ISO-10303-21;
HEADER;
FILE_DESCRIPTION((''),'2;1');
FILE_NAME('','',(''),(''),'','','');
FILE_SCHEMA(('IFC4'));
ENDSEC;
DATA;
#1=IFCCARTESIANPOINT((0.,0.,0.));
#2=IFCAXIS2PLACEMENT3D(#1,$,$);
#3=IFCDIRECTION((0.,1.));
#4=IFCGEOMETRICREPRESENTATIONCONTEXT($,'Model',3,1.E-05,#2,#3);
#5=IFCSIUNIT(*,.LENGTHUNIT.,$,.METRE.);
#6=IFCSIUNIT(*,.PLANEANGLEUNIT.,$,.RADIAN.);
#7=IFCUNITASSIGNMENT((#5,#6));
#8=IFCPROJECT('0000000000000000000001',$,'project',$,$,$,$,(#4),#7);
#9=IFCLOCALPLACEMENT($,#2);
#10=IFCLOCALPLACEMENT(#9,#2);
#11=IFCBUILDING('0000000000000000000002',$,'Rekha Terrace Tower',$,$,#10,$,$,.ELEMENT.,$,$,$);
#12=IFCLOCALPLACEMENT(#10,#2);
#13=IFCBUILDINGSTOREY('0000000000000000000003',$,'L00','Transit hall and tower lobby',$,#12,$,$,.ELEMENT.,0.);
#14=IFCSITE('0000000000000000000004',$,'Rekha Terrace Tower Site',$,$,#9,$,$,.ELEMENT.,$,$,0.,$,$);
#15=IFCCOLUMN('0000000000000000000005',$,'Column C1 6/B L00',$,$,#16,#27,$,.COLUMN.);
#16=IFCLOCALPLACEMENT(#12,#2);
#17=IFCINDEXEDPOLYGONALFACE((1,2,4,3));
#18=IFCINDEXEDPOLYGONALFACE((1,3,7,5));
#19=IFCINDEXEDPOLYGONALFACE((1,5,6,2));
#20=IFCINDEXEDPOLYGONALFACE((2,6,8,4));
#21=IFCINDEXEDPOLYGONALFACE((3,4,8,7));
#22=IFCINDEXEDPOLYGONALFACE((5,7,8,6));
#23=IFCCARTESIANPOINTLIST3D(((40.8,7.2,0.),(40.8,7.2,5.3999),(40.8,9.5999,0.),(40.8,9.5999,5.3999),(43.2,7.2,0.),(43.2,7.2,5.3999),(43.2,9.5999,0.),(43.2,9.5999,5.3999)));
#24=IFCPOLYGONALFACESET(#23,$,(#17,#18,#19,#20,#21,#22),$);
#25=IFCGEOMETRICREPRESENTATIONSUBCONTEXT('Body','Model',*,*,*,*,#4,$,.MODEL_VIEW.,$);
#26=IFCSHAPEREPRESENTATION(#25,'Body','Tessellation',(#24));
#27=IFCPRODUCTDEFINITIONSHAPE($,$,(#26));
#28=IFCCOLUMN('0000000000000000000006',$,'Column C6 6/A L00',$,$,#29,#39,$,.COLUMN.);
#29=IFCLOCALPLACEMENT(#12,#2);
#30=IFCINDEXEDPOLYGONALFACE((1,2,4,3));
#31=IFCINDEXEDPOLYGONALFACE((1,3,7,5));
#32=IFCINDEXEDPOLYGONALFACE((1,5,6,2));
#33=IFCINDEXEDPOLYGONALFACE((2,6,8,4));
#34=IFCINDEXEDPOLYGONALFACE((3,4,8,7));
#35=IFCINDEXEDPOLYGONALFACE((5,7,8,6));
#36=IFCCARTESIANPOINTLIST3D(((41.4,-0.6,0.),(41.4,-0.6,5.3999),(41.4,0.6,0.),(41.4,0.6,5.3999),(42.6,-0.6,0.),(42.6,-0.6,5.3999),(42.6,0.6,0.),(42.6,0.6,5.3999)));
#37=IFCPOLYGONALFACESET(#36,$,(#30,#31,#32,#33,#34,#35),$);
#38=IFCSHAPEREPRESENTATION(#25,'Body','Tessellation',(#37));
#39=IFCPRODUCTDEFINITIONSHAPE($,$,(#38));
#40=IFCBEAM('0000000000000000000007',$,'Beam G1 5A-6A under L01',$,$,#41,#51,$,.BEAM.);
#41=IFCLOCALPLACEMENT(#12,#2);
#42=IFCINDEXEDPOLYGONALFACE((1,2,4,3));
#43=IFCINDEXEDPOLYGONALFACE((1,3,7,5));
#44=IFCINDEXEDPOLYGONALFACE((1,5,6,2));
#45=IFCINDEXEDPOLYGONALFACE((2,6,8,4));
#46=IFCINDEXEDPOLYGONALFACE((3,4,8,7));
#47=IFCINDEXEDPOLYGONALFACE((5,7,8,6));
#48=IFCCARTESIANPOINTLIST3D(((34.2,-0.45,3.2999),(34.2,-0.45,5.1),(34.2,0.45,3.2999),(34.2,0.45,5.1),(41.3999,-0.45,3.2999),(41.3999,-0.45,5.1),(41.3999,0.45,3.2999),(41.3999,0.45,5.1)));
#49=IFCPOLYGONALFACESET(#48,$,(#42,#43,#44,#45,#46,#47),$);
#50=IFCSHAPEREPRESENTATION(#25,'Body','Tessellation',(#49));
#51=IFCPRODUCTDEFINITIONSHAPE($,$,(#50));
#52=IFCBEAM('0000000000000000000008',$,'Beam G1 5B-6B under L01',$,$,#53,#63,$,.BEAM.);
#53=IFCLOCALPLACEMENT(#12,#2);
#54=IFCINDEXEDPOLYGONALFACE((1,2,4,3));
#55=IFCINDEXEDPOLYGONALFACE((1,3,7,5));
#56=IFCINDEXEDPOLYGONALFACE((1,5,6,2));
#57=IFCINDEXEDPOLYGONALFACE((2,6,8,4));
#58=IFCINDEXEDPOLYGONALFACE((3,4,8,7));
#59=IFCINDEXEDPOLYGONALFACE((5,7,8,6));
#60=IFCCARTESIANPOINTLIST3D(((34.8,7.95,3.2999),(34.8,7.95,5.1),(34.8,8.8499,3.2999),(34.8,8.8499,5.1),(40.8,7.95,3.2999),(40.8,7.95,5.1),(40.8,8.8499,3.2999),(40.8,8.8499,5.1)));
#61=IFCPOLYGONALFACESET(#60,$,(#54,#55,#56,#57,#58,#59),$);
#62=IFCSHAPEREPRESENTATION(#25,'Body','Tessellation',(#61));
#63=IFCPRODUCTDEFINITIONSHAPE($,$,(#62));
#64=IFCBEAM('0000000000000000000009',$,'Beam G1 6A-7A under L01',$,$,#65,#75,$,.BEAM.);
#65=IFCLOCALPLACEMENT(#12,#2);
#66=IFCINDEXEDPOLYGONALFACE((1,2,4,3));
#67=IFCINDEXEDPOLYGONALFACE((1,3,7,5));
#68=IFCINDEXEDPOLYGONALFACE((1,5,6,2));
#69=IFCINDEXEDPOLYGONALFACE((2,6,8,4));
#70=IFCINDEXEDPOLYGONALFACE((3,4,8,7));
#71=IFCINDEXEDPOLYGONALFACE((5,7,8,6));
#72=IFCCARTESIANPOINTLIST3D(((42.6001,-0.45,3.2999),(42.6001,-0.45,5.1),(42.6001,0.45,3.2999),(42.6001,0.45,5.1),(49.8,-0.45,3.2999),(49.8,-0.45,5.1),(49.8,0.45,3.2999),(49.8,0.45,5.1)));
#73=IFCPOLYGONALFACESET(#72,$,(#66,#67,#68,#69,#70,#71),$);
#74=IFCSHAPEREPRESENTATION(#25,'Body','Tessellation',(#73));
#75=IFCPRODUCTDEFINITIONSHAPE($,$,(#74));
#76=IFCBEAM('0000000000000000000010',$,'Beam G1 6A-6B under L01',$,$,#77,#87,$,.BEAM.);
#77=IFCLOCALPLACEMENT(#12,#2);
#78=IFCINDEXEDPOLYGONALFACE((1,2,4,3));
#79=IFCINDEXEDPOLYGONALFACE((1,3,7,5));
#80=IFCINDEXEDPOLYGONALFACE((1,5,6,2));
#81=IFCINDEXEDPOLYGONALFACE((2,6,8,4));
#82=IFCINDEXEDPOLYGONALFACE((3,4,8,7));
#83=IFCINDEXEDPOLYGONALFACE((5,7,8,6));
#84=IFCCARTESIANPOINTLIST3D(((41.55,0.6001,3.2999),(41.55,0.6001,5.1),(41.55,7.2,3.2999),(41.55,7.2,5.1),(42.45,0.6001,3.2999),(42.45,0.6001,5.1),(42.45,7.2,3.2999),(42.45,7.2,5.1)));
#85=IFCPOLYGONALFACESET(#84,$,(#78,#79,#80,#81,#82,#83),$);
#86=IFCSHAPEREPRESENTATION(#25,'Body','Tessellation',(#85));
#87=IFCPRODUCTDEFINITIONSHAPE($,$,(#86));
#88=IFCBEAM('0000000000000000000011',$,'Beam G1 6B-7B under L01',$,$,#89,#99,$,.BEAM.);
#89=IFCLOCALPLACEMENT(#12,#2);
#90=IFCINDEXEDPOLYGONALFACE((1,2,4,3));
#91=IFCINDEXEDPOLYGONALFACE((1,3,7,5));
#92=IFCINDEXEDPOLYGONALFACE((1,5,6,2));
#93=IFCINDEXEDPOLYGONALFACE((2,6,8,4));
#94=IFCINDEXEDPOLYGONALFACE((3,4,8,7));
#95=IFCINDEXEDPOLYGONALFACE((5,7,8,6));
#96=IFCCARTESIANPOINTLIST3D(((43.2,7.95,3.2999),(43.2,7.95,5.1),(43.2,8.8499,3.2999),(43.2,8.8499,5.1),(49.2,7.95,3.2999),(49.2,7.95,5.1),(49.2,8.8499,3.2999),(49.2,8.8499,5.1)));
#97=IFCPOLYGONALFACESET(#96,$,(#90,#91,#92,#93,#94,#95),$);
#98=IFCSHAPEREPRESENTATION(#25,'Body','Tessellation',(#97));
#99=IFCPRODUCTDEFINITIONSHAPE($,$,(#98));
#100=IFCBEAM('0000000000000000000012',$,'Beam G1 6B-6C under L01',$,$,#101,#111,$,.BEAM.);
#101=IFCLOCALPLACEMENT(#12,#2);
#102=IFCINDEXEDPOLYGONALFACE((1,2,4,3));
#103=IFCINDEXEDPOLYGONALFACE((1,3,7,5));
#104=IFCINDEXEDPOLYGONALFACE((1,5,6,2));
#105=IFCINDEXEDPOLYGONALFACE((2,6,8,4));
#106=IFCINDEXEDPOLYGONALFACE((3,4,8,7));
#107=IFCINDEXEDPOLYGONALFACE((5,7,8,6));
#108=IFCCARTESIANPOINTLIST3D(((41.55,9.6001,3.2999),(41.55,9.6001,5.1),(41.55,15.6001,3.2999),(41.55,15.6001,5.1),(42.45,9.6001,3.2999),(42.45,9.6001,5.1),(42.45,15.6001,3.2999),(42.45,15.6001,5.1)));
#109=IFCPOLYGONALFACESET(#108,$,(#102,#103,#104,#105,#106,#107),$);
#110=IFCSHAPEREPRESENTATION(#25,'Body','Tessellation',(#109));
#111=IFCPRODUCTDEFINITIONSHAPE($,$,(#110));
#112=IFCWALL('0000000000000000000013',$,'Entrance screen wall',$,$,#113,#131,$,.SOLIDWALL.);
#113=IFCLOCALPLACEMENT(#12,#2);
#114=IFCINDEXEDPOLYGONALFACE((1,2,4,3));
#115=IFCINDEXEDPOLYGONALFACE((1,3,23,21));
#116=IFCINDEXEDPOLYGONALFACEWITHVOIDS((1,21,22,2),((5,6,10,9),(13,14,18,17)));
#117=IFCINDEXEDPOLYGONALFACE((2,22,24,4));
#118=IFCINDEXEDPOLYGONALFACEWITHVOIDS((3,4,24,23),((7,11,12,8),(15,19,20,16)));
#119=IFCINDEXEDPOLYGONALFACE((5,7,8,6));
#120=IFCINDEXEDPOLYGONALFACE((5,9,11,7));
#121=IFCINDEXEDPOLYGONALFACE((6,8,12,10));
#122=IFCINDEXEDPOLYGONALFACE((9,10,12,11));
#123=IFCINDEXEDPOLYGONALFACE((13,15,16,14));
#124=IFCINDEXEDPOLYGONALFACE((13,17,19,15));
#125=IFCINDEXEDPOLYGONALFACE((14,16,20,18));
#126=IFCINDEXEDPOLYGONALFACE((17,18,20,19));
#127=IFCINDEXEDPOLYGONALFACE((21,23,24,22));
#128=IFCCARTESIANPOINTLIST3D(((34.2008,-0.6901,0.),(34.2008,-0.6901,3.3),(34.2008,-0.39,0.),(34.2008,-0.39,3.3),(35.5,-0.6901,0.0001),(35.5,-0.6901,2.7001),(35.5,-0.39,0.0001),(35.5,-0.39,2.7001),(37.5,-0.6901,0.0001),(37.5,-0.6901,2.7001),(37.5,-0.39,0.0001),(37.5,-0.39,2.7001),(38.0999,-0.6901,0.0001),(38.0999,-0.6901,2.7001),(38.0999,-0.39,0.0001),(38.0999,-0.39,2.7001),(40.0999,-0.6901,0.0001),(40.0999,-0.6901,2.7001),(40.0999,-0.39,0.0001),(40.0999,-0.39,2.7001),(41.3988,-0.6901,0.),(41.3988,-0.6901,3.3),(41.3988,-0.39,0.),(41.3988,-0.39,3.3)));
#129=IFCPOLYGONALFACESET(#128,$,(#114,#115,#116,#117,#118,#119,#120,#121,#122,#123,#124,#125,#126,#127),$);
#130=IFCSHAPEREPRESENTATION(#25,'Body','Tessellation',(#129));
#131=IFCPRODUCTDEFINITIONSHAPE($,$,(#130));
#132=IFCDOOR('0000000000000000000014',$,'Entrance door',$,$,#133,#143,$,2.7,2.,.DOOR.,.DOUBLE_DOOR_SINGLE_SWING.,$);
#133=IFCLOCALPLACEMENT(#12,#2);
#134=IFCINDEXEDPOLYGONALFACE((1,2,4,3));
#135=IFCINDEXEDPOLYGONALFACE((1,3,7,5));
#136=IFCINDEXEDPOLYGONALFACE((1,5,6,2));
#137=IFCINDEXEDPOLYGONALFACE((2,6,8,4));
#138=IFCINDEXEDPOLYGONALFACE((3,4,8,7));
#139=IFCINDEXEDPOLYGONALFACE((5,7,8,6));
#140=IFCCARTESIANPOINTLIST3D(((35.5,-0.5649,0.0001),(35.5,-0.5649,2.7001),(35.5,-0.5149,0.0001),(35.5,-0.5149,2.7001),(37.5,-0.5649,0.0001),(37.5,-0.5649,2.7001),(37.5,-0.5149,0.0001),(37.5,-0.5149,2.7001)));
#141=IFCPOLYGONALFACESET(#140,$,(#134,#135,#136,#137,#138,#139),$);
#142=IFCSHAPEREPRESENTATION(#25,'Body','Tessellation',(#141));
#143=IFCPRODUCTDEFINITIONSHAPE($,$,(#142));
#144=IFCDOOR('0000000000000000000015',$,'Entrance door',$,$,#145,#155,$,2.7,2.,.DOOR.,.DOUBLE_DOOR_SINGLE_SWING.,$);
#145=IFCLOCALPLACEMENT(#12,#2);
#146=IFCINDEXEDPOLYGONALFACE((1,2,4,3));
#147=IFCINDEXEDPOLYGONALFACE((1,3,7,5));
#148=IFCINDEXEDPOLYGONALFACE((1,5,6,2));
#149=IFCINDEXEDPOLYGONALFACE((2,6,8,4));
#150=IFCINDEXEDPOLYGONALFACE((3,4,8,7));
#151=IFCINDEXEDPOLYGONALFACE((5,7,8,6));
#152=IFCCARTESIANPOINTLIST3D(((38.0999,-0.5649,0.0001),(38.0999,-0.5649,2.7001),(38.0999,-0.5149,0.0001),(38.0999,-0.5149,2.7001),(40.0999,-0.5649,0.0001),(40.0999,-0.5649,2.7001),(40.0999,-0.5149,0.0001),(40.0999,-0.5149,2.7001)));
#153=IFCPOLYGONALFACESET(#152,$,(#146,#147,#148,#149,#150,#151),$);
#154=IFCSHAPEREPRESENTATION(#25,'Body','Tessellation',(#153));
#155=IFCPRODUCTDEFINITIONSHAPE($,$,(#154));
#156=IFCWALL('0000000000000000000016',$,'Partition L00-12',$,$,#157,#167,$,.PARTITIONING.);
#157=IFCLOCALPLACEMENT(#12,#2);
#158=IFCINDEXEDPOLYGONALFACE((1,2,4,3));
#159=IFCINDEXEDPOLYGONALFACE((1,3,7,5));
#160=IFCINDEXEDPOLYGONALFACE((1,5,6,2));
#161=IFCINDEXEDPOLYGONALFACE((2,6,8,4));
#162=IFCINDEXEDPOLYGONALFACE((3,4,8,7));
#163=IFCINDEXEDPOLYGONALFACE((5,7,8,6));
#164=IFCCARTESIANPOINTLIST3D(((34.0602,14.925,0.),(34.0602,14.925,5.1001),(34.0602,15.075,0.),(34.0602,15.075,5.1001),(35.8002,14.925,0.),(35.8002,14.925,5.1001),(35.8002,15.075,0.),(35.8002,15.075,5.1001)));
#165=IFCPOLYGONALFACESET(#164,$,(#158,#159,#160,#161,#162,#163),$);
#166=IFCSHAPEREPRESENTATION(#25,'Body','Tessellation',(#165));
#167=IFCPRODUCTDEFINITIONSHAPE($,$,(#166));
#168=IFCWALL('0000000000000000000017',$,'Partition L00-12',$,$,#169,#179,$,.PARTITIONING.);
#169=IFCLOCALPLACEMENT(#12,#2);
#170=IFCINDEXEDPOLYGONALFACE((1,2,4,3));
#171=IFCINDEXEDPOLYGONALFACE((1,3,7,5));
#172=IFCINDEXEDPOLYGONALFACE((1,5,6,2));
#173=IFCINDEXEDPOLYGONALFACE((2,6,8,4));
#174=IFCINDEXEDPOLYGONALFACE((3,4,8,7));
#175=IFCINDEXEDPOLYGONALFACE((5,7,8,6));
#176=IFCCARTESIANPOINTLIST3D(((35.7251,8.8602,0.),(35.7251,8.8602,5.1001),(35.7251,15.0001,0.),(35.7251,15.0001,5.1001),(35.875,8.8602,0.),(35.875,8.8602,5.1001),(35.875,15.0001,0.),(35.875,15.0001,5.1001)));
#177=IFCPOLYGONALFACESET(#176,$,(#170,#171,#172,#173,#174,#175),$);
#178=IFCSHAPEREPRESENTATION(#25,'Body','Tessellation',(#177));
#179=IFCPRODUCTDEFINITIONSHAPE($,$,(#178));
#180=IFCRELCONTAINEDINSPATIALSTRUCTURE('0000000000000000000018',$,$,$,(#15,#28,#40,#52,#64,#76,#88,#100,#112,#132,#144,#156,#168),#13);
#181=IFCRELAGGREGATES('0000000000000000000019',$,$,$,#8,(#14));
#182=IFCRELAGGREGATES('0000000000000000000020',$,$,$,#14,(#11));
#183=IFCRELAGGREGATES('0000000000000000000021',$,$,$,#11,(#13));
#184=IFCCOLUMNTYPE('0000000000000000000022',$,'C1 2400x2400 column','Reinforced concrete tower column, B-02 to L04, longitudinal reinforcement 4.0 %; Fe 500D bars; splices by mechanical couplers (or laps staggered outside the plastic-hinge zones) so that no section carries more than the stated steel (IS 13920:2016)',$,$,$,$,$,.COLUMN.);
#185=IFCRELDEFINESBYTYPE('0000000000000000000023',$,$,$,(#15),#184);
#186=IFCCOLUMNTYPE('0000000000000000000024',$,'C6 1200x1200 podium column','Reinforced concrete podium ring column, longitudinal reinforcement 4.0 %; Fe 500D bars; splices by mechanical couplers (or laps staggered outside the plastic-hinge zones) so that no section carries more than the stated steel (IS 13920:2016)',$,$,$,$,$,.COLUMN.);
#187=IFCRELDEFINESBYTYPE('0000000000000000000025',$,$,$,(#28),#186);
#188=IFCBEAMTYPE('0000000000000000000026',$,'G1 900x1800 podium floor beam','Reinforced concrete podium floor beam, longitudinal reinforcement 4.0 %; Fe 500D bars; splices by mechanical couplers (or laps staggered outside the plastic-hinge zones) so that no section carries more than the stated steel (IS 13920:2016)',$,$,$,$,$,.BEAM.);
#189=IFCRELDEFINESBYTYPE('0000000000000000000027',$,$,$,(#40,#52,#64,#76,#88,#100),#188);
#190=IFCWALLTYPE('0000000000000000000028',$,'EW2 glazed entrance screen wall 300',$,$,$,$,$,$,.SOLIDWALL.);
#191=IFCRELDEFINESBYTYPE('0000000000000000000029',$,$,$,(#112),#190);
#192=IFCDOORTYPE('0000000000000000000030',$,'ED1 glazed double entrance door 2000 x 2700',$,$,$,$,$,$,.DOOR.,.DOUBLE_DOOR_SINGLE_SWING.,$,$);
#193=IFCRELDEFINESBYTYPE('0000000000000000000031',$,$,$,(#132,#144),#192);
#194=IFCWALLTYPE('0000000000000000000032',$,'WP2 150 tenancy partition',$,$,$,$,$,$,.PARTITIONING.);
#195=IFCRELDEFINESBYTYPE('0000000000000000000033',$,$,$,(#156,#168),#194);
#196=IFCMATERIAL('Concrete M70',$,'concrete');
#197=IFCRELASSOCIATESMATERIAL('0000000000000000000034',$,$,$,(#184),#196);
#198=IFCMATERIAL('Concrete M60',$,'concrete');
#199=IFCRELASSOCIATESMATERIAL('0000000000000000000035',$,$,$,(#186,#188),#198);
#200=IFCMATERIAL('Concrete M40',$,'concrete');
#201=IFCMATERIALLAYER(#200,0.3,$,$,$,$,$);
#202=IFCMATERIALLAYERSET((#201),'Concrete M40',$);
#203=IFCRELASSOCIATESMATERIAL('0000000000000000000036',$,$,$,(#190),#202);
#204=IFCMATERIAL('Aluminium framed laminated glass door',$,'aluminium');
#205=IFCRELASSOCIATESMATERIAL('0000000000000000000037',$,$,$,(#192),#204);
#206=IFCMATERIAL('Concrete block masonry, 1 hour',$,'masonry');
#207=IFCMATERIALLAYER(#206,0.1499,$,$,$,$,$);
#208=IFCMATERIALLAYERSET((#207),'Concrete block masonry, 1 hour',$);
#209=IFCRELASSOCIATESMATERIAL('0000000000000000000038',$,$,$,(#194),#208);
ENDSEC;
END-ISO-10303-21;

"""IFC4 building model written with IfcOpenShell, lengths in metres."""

from ifc_helpers import new_model, si_unit, direction, frame, frame_2d, origin, origin_2d, place, context, subcontext, project, spatial, rectangle, extrude, material, layer, layer_set, material_profile, profile_set, type_object, element, fill, save


model = new_model("IFC4")

# Units and contexts
model_context = context("Model", 3, precision=1e-05, world=origin(), true_north=direction((0.0, 1.0)))
body_context = subcontext(model_context, "Body", "Model", "MODEL_VIEW")
ifc_project = project(units=[si_unit("LENGTHUNIT", "METRE"), si_unit("PLANEANGLEUNIT", "RADIAN")], contexts=[model_context])

# Site, building, storey
site_placement = place(None, origin())
site = spatial("IfcSite", under=ifc_project, at=site_placement, Name="Rekha Terrace Tower Site", CompositionType="ELEMENT", RefElevation=0.0)
building_placement = place(site_placement, origin())
building = spatial("IfcBuilding", under=site, at=building_placement, Name="Rekha Terrace Tower", CompositionType="ELEMENT")
storey_placement = place(building_placement, origin())
storey = spatial("IfcBuildingStorey", under=building, at=storey_placement, Name="L00", Description="Transit hall and tower lobby", CompositionType="ELEMENT", Elevation=0.0)

# Columns
ifc_material_1 = material(Name="Concrete M70", Category="concrete")
ifc_material_profile_1 = material_profile(ifc_material_1, rectangle(XDim=2.3999, YDim=2.3999, at=origin_2d()), Name="RC 2400x2400")
ifc_profile_set_1 = profile_set([ifc_material_profile_1], Name="Concrete M70")
column_type_1 = type_object("IfcColumnType", Name="C1 2400x2400 column", Description="Reinforced concrete tower column, B-02 to L04, longitudinal reinforcement 4.0 %; Fe 500D bars; splices by mechanical couplers (or laps staggered outside the plastic-hinge zones) so that no section carries more than the stated steel (IS 13920:2016)", PredefinedType="COLUMN", material=ifc_profile_set_1)
column_1_placement = place(storey_placement, frame((42.0, 8.3999, 0.0), z_axis=(0.0, 0.0, 1.0), x_axis=(1.0, 0.0, 0.0)))
element("IfcColumn", 1, at=column_1_placement, inside=storey, type_object=column_type_1, Name="Column C1 6/B L00", PredefinedType="COLUMN", context=body_context, shape_type="SweptSolid", body=[
    extrude(rectangle(XDim=2.3999, YDim=2.3999, at=origin_2d()), origin(), (0.0, 0.0, 1.0), 5.3999),
])
ifc_material_2 = material(Name="Concrete M60", Category="concrete")
ifc_material_profile_2 = material_profile(ifc_material_2, rectangle(XDim=1.2, YDim=1.2, at=origin_2d()), Name="RC 1200x1200")
ifc_profile_set_2 = profile_set([ifc_material_profile_2], Name="Concrete M60")
column_type_2 = type_object("IfcColumnType", Name="C6 1200x1200 podium column", Description="Reinforced concrete podium ring column, longitudinal reinforcement 4.0 %; Fe 500D bars; splices by mechanical couplers (or laps staggered outside the plastic-hinge zones) so that no section carries more than the stated steel (IS 13920:2016)", PredefinedType="COLUMN", material=ifc_profile_set_2)
column_2_placement = place(storey_placement, frame((42.0, 0.0, 0.0), z_axis=(0.0, 0.0, 1.0), x_axis=(1.0, 0.0, 0.0)))
element("IfcColumn", 2, at=column_2_placement, inside=storey, type_object=column_type_2, Name="Column C6 6/A L00", PredefinedType="COLUMN", context=body_context, shape_type="SweptSolid", body=[
    extrude(rectangle(XDim=1.2, YDim=1.2, at=origin_2d()), origin(), (0.0, 0.0, 1.0), 5.3999),
])

# Beams
ifc_material_profile_3 = material_profile(ifc_material_2, rectangle(XDim=0.8999, YDim=1.8, at=origin_2d()), Name="RC 900x1800")
ifc_profile_set_3 = profile_set([ifc_material_profile_3], Name="Concrete M60")
beam_type = type_object("IfcBeamType", Name="G1 900x1800 podium floor beam", Description="Reinforced concrete podium floor beam, longitudinal reinforcement 4.0 %; Fe 500D bars; splices by mechanical couplers (or laps staggered outside the plastic-hinge zones) so that no section carries more than the stated steel (IS 13920:2016)", PredefinedType="BEAM", material=ifc_profile_set_3)
beam_1_placement = place(storey_placement, frame((34.2, 0.0, 4.2), z_axis=(1.0, 0.0, 0.0), x_axis=(0.0, 1.0, 0.0)))
element("IfcBeam", 3, at=beam_1_placement, inside=storey, type_object=beam_type, Name="Beam G1 5A-6A under L01", PredefinedType="BEAM", context=body_context, shape_type="SweptSolid", body=[
    extrude(rectangle(XDim=0.8999, YDim=1.8, at=origin_2d()), origin(), (0.0, 0.0, 1.0), 7.2),
])
beam_2_placement = place(storey_placement, frame((34.8, 8.3999, 4.2), z_axis=(1.0, 0.0, 0.0), x_axis=(0.0, 1.0, 0.0)))
element("IfcBeam", 4, at=beam_2_placement, inside=storey, type_object=beam_type, Name="Beam G1 5B-6B under L01", PredefinedType="BEAM", context=body_context, shape_type="SweptSolid", body=[
    extrude(rectangle(XDim=0.8999, YDim=1.8, at=origin_2d()), origin(), (0.0, 0.0, 1.0), 6.0),
])
beam_3_placement = place(storey_placement, frame((42.6001, 0.0, 4.2), z_axis=(1.0, 0.0, 0.0), x_axis=(0.0, 1.0, 0.0)))
element("IfcBeam", 5, at=beam_3_placement, inside=storey, type_object=beam_type, Name="Beam G1 6A-7A under L01", PredefinedType="BEAM", context=body_context, shape_type="SweptSolid", body=[
    extrude(rectangle(XDim=0.8999, YDim=1.8, at=origin_2d()), origin(), (0.0, 0.0, 1.0), 7.2),
])
beam_4_placement = place(storey_placement, frame((42.0, 0.6001, 4.2), z_axis=(0.0, 1.0, 0.0), x_axis=(-1.0, 0.0, 0.0)))
element("IfcBeam", 6, at=beam_4_placement, inside=storey, type_object=beam_type, Name="Beam G1 6A-6B under L01", PredefinedType="BEAM", context=body_context, shape_type="SweptSolid", body=[
    extrude(rectangle(XDim=0.8999, YDim=1.8, at=origin_2d()), origin(), (0.0, 0.0, 1.0), 6.5999),
])
for number, where, z_axis, x_axis, name in (
    (7, (43.2, 8.3999, 4.2), (1.0, 0.0, 0.0), (0.0, 1.0, 0.0), "Beam G1 6B-7B under L01"),
    (8, (42.0, 9.6001, 4.2), (0.0, 1.0, 0.0), (-1.0, 0.0, 0.0), "Beam G1 6B-6C under L01"),
):
    element("IfcBeam", number, at=place(storey_placement, frame(where, z_axis=z_axis, x_axis=x_axis)), inside=storey, type_object=beam_type, Name=name, PredefinedType="BEAM", context=body_context, shape_type="SweptSolid", body=[
        extrude(rectangle(XDim=0.8999, YDim=1.8, at=origin_2d()), origin(), (0.0, 0.0, 1.0), 6.0),
    ])

# Wall, openings, doors
ifc_material_3 = material(Name="Concrete M40", Category="concrete")
ifc_layer_1 = layer(ifc_material_3, 0.3)
ifc_layer_set_1 = layer_set([ifc_layer_1], Name="Concrete M40")
wall_type_1 = type_object("IfcWallType", Name="EW2 glazed entrance screen wall 300", PredefinedType="SOLIDWALL", material=ifc_layer_set_1)
wall_1_placement = place(storey_placement, frame((41.3989, -0.54, 0.0), z_axis=(0.0, 0.0, 1.0), x_axis=(-1.0, 0.0, 0.0)))
wall_1 = element("IfcWall", 9, at=wall_1_placement, inside=storey, type_object=wall_type_1, Name="Entrance screen wall", PredefinedType="SOLIDWALL", context=body_context, shape_type="SweptSolid", body=[
    extrude(rectangle(XDim=7.198, YDim=0.3, at=frame_2d((3.5991, 0.0))), origin(), (0.0, 0.0, 1.0), 3.3),
])
opening_1_placement = place(wall_1_placement, frame((3.8989, 0.0, 0.0)))
opening_1 = element("IfcOpeningElement", 10, at=opening_1_placement, cuts=wall_1, PredefinedType="OPENING", context=body_context, shape_type="SweptSolid", body=[
    extrude(rectangle(XDim=2.0, YDim=2.7, at=frame_2d((1.0, 1.3501))), frame((0.0, 0.1599, 0.0), z_axis=(0.0, -1.0, 0.0), x_axis=(1.0, 0.0, 0.0)), (0.0, 0.0, 1.0), 0.3201),
])
opening_2_placement = place(wall_1_placement, frame((1.2991, 0.0, 0.0)))
opening_2 = element("IfcOpeningElement", 11, at=opening_2_placement, cuts=wall_1, PredefinedType="OPENING", context=body_context, shape_type="SweptSolid", body=[
    extrude(rectangle(XDim=2.0, YDim=2.7, at=frame_2d((1.0, 1.3501))), frame((0.0, 0.1599, 0.0), z_axis=(0.0, -1.0, 0.0), x_axis=(1.0, 0.0, 0.0)), (0.0, 0.0, 1.0), 0.3201),
])
ifc_material_4 = material(Name="Aluminium framed laminated glass door", Category="aluminium")
door_type_1 = type_object("IfcDoorType", Name="ED1 glazed double entrance door 2000 x 2700", OperationType="DOUBLE_DOOR_SINGLE_SWING", PredefinedType="DOOR", material=ifc_material_4)
door_1_placement = place(opening_1_placement, origin())
door_1 = element("IfcDoor", 12, at=door_1_placement, inside=storey, type_object=door_type_1, Name="Entrance door", OperationType="DOUBLE_DOOR_SINGLE_SWING", OverallHeight=2.7, OverallWidth=2.0, PredefinedType="DOOR", context=body_context, shape_type="SweptSolid", body=[
    extrude(rectangle(XDim=2.0, YDim=2.7, at=frame_2d((1.0, 1.3501))), frame((0.0, 0.0249, 0.0), z_axis=(0.0, -1.0, 0.0), x_axis=(1.0, 0.0, 0.0)), (0.0, 0.0, 1.0), 0.05),
])
fill(opening_1, door_1)
door_2_placement = place(opening_2_placement, origin())
door_2 = element("IfcDoor", 13, at=door_2_placement, inside=storey, type_object=door_type_1, Name="Entrance door", OperationType="DOUBLE_DOOR_SINGLE_SWING", OverallHeight=2.7, OverallWidth=2.0, PredefinedType="DOOR", context=body_context, shape_type="SweptSolid", body=[
    extrude(rectangle(XDim=2.0, YDim=2.7, at=frame_2d((1.0, 1.3501))), frame((0.0, 0.0249, 0.0), z_axis=(0.0, -1.0, 0.0), x_axis=(1.0, 0.0, 0.0)), (0.0, 0.0, 1.0), 0.05),
])
fill(opening_2, door_2)

# Walls
ifc_material_5 = material(Name="Concrete block masonry, 1 hour", Category="masonry")
ifc_layer_2 = layer(ifc_material_5, 0.1499)
ifc_layer_set_2 = layer_set([ifc_layer_2], Name="Concrete block masonry, 1 hour")
wall_type_2 = type_object("IfcWallType", Name="WP2 150 tenancy partition", PredefinedType="PARTITIONING", material=ifc_layer_set_2)
wall_2_placement = place(storey_placement, frame((34.0601, 15.0, 0.0), z_axis=(0.0, 0.0, 1.0), x_axis=(1.0, 0.0, 0.0)))
element("IfcWall", 14, at=wall_2_placement, inside=storey, type_object=wall_type_2, Name="Partition L00-12", PredefinedType="PARTITIONING", context=body_context, shape_type="SweptSolid", body=[
    extrude(rectangle(XDim=1.74, YDim=0.1499, at=frame_2d((0.8701, 0.0))), origin(), (0.0, 0.0, 1.0), 5.1001),
])
wall_3_placement = place(storey_placement, frame((35.8, 15.0, 0.0), z_axis=(0.0, 0.0, 1.0), x_axis=(0.0, -1.0, 0.0)))
element("IfcWall", 15, at=wall_3_placement, inside=storey, type_object=wall_type_2, Name="Partition L00-12", PredefinedType="PARTITIONING", context=body_context, shape_type="SweptSolid", body=[
    extrude(rectangle(XDim=6.1399, YDim=0.1499, at=frame_2d((3.0698, 0.0))), origin(), (0.0, 0.0, 1.0), 5.1001),
])

save(model, "model.ifc")
